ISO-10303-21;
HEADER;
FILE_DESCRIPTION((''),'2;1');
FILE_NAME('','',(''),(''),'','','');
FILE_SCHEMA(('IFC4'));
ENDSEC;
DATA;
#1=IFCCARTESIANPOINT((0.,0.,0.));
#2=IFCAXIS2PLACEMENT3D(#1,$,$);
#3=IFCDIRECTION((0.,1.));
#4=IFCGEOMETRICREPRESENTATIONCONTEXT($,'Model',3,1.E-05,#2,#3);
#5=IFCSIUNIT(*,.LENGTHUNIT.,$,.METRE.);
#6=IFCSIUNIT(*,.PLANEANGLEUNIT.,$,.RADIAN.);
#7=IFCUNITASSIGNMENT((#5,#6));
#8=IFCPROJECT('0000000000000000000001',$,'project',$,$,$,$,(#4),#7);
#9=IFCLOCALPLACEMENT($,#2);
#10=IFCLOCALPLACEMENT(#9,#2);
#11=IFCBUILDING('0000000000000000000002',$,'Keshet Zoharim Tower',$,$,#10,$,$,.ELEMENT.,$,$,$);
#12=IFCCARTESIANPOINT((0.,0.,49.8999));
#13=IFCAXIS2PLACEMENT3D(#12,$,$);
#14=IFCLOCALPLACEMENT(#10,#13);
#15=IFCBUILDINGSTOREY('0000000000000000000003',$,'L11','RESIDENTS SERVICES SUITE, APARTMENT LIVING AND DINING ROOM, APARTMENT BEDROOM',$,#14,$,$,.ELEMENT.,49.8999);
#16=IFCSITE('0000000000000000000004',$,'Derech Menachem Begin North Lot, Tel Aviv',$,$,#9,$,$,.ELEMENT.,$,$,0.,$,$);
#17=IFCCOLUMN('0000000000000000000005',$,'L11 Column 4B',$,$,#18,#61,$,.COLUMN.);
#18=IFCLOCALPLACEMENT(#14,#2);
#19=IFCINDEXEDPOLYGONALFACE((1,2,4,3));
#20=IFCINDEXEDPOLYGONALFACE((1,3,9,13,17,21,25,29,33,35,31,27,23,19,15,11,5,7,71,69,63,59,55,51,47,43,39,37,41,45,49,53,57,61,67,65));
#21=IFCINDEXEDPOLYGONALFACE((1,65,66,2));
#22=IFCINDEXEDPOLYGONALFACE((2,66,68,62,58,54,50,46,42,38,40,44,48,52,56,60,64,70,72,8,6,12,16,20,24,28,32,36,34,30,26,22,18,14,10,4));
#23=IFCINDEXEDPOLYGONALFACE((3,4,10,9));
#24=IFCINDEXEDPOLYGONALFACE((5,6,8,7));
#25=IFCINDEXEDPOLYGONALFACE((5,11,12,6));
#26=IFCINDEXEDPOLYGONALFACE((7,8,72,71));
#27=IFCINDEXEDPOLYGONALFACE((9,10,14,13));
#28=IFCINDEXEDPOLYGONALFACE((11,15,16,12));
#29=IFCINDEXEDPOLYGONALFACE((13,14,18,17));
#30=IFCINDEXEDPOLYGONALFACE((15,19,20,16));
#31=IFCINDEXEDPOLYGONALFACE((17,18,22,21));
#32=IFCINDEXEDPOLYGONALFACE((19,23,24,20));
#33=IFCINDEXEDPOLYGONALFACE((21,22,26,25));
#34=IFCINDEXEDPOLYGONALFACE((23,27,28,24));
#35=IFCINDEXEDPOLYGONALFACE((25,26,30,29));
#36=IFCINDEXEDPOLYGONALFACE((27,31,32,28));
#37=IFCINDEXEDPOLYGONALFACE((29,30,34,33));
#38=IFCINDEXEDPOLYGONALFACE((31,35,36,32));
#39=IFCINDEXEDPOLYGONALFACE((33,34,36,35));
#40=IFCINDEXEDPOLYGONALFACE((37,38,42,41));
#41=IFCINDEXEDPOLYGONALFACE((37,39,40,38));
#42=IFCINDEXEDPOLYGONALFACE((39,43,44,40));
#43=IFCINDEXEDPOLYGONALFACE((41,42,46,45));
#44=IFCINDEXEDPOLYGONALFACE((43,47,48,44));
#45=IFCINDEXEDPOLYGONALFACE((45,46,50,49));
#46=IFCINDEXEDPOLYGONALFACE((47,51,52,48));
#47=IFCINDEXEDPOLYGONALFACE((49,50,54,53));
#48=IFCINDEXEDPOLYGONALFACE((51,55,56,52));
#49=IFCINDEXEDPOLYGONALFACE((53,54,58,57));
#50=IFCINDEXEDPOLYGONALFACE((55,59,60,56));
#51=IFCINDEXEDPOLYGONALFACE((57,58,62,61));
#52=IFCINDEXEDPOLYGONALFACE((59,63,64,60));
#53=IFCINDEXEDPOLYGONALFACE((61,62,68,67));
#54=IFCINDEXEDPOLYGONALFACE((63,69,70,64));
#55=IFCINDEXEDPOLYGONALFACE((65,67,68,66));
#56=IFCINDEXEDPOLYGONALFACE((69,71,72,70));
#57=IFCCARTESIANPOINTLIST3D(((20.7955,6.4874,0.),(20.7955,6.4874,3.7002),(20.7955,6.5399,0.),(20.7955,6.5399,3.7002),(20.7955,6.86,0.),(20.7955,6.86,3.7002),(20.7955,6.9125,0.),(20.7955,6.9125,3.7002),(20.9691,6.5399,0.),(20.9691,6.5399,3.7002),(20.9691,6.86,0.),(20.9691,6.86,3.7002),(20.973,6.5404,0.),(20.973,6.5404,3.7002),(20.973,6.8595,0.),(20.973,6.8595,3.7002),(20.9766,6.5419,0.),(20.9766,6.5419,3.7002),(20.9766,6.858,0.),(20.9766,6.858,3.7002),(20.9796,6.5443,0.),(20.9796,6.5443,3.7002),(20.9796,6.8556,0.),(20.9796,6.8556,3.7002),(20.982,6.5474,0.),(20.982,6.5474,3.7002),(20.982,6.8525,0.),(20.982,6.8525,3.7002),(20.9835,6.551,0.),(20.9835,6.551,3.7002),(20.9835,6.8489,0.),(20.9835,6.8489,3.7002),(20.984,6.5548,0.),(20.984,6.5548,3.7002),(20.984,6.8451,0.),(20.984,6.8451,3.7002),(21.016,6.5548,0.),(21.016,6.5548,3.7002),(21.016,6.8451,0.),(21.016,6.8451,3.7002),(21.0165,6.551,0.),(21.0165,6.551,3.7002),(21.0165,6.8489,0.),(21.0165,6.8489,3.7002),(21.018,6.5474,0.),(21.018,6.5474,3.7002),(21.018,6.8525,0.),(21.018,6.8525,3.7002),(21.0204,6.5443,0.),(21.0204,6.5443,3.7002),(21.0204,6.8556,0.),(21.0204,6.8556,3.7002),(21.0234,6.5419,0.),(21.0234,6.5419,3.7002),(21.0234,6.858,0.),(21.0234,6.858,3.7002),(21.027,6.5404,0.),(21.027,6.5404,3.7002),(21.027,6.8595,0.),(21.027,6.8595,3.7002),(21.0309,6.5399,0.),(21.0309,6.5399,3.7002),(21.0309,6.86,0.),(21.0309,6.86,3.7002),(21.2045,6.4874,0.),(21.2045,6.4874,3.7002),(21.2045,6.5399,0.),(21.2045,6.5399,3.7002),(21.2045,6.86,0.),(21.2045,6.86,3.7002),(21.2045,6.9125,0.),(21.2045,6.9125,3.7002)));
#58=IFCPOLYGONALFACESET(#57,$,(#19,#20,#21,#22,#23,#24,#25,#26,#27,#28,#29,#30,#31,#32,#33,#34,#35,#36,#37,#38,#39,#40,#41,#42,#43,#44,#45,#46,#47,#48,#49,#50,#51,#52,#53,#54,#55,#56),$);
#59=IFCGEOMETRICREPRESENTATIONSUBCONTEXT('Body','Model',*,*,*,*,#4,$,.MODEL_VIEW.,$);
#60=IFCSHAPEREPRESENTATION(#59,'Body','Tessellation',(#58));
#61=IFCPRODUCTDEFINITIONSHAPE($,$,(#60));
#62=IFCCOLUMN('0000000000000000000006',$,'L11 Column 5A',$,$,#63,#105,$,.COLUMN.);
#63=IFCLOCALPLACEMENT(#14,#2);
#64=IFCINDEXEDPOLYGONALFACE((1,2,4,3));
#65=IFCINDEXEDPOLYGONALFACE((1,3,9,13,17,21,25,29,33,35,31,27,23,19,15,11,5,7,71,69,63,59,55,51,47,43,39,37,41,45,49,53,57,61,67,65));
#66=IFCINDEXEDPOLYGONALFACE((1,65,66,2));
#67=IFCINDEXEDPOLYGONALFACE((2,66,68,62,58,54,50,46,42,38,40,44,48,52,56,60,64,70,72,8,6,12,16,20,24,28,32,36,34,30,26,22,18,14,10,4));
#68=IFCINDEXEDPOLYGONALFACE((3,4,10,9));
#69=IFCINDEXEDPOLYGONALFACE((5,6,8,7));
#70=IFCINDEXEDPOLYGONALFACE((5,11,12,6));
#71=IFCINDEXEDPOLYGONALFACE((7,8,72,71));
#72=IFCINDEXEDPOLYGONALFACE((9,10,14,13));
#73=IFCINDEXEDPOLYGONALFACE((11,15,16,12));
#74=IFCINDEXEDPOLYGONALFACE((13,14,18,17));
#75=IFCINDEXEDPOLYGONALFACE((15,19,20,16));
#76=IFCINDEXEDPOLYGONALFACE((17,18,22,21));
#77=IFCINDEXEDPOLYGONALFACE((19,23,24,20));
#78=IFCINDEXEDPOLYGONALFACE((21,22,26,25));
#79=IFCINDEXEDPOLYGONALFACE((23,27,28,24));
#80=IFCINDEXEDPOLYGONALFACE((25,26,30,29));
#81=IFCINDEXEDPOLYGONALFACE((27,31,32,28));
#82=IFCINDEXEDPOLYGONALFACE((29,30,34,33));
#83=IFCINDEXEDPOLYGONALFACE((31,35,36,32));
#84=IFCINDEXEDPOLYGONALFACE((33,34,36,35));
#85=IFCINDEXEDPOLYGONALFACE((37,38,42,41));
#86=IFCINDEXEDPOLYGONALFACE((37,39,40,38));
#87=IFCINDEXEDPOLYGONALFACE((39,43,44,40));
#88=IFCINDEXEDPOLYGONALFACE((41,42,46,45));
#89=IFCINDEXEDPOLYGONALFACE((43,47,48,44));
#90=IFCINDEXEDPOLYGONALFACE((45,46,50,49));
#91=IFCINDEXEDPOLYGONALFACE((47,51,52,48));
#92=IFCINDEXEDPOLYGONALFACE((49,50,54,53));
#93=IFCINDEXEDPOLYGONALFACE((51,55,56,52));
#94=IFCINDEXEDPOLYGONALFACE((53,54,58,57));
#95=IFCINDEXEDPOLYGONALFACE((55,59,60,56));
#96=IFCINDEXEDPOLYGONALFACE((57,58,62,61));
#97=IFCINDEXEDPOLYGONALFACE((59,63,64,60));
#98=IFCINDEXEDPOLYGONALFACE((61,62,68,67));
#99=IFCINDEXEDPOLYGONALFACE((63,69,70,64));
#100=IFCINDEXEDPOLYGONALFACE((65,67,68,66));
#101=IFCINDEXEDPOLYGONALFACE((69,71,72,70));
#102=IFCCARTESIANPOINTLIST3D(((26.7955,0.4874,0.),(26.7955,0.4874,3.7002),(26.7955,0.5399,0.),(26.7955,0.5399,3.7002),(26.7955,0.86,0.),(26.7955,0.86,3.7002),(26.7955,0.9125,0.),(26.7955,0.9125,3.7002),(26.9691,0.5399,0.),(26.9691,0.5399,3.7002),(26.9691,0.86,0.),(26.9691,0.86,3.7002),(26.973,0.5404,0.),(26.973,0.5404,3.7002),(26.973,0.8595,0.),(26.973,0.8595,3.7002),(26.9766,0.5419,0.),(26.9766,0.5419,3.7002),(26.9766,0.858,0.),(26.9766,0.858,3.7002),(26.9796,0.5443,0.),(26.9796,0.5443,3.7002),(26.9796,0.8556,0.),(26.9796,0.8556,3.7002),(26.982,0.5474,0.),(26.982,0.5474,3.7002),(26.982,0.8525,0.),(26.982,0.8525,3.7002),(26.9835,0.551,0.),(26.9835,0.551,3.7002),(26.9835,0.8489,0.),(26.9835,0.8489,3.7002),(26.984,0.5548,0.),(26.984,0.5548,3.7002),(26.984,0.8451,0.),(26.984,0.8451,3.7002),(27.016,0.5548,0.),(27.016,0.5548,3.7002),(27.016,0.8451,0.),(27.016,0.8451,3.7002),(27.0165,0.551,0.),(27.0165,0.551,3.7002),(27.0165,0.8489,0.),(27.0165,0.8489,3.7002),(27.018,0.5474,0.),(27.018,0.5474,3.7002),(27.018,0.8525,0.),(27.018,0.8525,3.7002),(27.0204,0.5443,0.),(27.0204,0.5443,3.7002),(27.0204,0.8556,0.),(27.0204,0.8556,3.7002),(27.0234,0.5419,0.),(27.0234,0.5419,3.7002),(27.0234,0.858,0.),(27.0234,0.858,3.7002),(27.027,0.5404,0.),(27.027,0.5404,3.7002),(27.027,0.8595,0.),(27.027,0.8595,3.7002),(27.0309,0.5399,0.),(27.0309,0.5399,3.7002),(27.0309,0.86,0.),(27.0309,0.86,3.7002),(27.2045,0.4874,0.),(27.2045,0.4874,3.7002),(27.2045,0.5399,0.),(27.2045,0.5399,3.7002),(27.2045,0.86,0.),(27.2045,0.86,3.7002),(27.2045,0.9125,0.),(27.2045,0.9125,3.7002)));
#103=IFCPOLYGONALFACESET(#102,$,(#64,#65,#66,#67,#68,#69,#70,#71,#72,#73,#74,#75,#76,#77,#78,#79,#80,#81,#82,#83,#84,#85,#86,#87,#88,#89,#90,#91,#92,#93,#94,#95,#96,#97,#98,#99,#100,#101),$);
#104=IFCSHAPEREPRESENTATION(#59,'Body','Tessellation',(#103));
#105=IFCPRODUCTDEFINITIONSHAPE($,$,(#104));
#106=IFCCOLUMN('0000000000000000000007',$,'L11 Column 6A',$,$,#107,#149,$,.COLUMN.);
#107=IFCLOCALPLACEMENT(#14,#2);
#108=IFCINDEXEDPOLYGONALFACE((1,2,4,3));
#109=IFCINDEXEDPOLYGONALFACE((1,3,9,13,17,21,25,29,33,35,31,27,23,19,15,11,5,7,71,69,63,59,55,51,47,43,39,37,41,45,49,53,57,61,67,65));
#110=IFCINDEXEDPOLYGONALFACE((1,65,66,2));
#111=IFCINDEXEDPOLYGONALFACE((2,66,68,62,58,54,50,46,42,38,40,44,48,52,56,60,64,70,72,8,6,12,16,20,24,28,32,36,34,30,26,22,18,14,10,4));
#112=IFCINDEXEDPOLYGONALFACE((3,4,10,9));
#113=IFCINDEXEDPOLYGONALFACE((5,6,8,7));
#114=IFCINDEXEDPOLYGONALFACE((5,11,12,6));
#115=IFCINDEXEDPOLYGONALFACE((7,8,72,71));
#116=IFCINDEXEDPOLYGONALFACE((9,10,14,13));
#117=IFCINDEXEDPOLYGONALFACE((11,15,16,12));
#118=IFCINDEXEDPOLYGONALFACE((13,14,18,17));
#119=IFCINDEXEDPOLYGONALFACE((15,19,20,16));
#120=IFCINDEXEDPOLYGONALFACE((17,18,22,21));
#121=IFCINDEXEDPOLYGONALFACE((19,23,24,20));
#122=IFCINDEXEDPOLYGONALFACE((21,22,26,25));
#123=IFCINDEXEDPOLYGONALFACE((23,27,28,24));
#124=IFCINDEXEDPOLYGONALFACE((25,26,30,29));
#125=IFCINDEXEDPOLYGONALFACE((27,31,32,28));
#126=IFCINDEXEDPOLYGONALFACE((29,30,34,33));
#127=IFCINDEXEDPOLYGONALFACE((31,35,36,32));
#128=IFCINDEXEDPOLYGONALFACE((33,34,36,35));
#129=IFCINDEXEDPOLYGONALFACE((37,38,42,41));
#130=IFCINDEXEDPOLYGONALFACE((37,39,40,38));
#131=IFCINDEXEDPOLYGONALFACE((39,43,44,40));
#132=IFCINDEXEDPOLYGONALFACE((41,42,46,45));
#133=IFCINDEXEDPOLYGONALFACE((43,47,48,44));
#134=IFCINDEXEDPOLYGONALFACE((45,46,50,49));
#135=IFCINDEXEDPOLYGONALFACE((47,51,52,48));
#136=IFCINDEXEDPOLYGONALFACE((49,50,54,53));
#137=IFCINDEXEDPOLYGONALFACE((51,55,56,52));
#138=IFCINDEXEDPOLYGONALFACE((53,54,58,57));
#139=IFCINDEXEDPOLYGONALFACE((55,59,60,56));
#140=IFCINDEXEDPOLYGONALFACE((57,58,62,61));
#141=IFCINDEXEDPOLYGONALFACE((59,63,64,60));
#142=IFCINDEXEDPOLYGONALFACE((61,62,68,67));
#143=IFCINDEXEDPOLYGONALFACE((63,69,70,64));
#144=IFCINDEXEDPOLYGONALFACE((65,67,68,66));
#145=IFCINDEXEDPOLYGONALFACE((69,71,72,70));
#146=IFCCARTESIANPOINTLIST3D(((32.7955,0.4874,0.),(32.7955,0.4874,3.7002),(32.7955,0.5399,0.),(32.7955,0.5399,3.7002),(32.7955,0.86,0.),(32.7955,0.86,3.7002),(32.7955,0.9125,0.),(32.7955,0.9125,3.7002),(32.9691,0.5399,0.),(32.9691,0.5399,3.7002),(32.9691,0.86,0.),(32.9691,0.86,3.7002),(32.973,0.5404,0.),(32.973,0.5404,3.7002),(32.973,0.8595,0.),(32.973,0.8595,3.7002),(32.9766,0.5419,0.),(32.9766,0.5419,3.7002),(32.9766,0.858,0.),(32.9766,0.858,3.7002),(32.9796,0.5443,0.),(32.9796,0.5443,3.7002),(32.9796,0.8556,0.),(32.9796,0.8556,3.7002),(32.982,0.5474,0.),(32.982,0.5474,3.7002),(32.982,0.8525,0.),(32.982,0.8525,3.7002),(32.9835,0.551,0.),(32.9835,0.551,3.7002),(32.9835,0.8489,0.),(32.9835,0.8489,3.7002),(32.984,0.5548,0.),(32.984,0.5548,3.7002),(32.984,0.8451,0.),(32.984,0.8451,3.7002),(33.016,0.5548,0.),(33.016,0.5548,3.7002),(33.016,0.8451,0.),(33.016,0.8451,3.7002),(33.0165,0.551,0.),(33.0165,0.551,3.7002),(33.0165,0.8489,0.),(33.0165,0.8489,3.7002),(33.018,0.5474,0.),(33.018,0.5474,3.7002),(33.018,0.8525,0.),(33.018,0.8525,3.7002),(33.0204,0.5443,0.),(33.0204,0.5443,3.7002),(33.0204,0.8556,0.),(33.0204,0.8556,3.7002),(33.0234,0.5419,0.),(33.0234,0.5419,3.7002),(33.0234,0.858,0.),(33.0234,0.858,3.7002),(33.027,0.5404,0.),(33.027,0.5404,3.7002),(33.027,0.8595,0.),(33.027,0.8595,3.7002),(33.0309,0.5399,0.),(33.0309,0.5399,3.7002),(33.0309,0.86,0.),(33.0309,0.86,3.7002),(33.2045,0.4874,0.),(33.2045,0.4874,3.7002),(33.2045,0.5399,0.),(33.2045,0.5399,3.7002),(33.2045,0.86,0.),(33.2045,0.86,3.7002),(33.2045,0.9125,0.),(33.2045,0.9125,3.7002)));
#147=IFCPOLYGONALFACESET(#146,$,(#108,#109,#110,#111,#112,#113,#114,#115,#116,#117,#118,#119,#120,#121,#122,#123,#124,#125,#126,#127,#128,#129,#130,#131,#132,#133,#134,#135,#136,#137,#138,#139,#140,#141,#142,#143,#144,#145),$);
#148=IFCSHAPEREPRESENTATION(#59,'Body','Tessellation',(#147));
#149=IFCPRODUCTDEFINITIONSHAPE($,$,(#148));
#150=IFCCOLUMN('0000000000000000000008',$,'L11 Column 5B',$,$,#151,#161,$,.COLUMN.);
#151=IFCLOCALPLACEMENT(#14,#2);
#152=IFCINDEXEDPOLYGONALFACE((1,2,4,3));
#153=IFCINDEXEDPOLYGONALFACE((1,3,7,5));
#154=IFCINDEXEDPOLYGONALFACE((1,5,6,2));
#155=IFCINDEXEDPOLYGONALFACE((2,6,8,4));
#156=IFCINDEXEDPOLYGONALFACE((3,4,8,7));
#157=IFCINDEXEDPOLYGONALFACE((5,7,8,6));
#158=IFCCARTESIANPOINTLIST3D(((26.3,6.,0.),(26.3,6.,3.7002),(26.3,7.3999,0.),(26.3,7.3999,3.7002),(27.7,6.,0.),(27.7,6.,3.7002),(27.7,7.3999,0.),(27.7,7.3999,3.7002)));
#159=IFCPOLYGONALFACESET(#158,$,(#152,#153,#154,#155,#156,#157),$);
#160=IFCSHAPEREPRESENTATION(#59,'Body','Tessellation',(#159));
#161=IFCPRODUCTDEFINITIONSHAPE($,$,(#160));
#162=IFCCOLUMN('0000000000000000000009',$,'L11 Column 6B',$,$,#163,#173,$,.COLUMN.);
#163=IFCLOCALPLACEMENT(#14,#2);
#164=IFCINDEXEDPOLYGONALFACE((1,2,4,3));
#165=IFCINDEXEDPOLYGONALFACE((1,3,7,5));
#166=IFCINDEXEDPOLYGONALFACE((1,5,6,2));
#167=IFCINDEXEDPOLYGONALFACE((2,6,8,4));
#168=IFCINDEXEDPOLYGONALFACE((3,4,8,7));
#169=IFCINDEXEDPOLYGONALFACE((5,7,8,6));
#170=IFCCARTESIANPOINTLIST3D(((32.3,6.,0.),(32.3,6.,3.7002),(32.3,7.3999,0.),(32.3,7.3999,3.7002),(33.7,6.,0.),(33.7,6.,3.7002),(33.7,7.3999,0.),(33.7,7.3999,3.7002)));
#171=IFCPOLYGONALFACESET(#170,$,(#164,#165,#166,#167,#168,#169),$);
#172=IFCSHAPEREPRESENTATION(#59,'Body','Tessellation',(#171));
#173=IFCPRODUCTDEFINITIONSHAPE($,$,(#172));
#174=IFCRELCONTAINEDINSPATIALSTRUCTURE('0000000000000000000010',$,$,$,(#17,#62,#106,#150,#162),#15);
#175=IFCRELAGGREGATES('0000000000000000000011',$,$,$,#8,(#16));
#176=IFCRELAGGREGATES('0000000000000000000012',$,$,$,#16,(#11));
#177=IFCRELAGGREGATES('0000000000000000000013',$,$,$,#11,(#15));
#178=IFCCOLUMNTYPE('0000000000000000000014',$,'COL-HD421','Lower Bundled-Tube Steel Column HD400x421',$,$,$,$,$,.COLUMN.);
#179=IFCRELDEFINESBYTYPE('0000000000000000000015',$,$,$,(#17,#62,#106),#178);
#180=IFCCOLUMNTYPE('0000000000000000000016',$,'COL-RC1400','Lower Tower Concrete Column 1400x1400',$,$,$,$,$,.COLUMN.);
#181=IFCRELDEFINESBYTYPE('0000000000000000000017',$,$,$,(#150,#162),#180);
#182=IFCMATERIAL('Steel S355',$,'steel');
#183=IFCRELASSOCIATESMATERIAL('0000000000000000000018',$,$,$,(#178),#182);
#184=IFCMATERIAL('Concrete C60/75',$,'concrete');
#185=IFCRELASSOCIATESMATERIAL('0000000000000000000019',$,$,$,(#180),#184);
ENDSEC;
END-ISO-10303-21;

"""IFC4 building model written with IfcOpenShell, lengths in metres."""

from ifc_helpers import new_model, si_unit, direction, frame, origin, origin_2d, place, context, subcontext, project, spatial, rectangle, i_section, extrude, material, material_profile, profile_set, type_object, element, save


model = new_model("IFC4")

# Units and contexts
model_context = context("Model", 3, precision=1e-05, world=origin(), true_north=direction((0.0, 1.0)))
body_context = subcontext(model_context, "Body", "Model", "MODEL_VIEW")
ifc_project = project(units=[si_unit("LENGTHUNIT", "METRE"), si_unit("PLANEANGLEUNIT", "RADIAN")], contexts=[model_context])

# Site, building, storey
site_placement = place(None, origin())
site = spatial("IfcSite", under=ifc_project, at=site_placement, Name="Derech Menachem Begin North Lot, Tel Aviv", CompositionType="ELEMENT", RefElevation=0.0)
building_placement = place(site_placement, origin())
building = spatial("IfcBuilding", under=site, at=building_placement, Name="Keshet Zoharim Tower", CompositionType="ELEMENT")
storey_placement = place(building_placement, frame((0.0, 0.0, 49.8999)))
storey = spatial("IfcBuildingStorey", under=building, at=storey_placement, Name="L11", Description="RESIDENTS SERVICES SUITE, APARTMENT LIVING AND DINING ROOM, APARTMENT BEDROOM", CompositionType="ELEMENT", Elevation=49.8999)

# Columns
ifc_material_1 = material(Name="Steel S355", Category="steel")
ifc_material_profile_1 = material_profile(ifc_material_1, i_section(OverallWidth=0.4089, OverallDepth=0.425, WebThickness=0.032, FlangeThickness=0.0525, FilletRadius=0.0149, at=origin_2d()), Name="HD400x421")
ifc_profile_set_1 = profile_set([ifc_material_profile_1], Name="Steel S355")
column_type_1 = type_object("IfcColumnType", Name="COL-HD421", Description="Lower Bundled-Tube Steel Column HD400x421", PredefinedType="COLUMN", material=ifc_profile_set_1)
for number, where, z_axis, x_axis, name in (
    (1, (21.0, 6.7, 0.0), (0.0, 0.0, 1.0), (1.0, 0.0, 0.0), "L11 Column 4B"),
    (2, (27.0, 0.7, 0.0), (0.0, 0.0, 1.0), (1.0, 0.0, 0.0), "L11 Column 5A"),
    (3, (33.0, 0.7, 0.0), (0.0, 0.0, 1.0), (1.0, 0.0, 0.0), "L11 Column 6A"),
):
    element("IfcColumn", number, at=place(storey_placement, frame(where, z_axis=z_axis, x_axis=x_axis)), inside=storey, type_object=column_type_1, Name=name, PredefinedType="COLUMN", context=body_context, shape_type="SweptSolid", body=[
        extrude(i_section(OverallWidth=0.4089, OverallDepth=0.425, WebThickness=0.032, FlangeThickness=0.0525, FilletRadius=0.0149, at=origin_2d()), origin(), (0.0, 0.0, 1.0), 3.7002),
    ])
ifc_material_2 = material(Name="Concrete C60/75", Category="concrete")
ifc_material_profile_2 = material_profile(ifc_material_2, rectangle(XDim=1.3999, YDim=1.3999, at=origin_2d()), Name="RC1400x1400")
ifc_profile_set_2 = profile_set([ifc_material_profile_2], Name="Concrete C60/75")
column_type_2 = type_object("IfcColumnType", Name="COL-RC1400", Description="Lower Tower Concrete Column 1400x1400", PredefinedType="COLUMN", material=ifc_profile_set_2)
for number, where, z_axis, x_axis, name in (
    (4, (27.0, 6.7, 0.0), (0.0, 0.0, 1.0), (1.0, 0.0, 0.0), "L11 Column 5B"),
    (5, (33.0, 6.7, 0.0), (0.0, 0.0, 1.0), (1.0, 0.0, 0.0), "L11 Column 6B"),
):
    element("IfcColumn", number, at=place(storey_placement, frame(where, z_axis=z_axis, x_axis=x_axis)), inside=storey, type_object=column_type_2, Name=name, PredefinedType="COLUMN", context=body_context, shape_type="SweptSolid", body=[
        extrude(rectangle(XDim=1.3999, YDim=1.3999, at=origin_2d()), origin(), (0.0, 0.0, 1.0), 3.7002),
    ])

save(model, "model.ifc")
